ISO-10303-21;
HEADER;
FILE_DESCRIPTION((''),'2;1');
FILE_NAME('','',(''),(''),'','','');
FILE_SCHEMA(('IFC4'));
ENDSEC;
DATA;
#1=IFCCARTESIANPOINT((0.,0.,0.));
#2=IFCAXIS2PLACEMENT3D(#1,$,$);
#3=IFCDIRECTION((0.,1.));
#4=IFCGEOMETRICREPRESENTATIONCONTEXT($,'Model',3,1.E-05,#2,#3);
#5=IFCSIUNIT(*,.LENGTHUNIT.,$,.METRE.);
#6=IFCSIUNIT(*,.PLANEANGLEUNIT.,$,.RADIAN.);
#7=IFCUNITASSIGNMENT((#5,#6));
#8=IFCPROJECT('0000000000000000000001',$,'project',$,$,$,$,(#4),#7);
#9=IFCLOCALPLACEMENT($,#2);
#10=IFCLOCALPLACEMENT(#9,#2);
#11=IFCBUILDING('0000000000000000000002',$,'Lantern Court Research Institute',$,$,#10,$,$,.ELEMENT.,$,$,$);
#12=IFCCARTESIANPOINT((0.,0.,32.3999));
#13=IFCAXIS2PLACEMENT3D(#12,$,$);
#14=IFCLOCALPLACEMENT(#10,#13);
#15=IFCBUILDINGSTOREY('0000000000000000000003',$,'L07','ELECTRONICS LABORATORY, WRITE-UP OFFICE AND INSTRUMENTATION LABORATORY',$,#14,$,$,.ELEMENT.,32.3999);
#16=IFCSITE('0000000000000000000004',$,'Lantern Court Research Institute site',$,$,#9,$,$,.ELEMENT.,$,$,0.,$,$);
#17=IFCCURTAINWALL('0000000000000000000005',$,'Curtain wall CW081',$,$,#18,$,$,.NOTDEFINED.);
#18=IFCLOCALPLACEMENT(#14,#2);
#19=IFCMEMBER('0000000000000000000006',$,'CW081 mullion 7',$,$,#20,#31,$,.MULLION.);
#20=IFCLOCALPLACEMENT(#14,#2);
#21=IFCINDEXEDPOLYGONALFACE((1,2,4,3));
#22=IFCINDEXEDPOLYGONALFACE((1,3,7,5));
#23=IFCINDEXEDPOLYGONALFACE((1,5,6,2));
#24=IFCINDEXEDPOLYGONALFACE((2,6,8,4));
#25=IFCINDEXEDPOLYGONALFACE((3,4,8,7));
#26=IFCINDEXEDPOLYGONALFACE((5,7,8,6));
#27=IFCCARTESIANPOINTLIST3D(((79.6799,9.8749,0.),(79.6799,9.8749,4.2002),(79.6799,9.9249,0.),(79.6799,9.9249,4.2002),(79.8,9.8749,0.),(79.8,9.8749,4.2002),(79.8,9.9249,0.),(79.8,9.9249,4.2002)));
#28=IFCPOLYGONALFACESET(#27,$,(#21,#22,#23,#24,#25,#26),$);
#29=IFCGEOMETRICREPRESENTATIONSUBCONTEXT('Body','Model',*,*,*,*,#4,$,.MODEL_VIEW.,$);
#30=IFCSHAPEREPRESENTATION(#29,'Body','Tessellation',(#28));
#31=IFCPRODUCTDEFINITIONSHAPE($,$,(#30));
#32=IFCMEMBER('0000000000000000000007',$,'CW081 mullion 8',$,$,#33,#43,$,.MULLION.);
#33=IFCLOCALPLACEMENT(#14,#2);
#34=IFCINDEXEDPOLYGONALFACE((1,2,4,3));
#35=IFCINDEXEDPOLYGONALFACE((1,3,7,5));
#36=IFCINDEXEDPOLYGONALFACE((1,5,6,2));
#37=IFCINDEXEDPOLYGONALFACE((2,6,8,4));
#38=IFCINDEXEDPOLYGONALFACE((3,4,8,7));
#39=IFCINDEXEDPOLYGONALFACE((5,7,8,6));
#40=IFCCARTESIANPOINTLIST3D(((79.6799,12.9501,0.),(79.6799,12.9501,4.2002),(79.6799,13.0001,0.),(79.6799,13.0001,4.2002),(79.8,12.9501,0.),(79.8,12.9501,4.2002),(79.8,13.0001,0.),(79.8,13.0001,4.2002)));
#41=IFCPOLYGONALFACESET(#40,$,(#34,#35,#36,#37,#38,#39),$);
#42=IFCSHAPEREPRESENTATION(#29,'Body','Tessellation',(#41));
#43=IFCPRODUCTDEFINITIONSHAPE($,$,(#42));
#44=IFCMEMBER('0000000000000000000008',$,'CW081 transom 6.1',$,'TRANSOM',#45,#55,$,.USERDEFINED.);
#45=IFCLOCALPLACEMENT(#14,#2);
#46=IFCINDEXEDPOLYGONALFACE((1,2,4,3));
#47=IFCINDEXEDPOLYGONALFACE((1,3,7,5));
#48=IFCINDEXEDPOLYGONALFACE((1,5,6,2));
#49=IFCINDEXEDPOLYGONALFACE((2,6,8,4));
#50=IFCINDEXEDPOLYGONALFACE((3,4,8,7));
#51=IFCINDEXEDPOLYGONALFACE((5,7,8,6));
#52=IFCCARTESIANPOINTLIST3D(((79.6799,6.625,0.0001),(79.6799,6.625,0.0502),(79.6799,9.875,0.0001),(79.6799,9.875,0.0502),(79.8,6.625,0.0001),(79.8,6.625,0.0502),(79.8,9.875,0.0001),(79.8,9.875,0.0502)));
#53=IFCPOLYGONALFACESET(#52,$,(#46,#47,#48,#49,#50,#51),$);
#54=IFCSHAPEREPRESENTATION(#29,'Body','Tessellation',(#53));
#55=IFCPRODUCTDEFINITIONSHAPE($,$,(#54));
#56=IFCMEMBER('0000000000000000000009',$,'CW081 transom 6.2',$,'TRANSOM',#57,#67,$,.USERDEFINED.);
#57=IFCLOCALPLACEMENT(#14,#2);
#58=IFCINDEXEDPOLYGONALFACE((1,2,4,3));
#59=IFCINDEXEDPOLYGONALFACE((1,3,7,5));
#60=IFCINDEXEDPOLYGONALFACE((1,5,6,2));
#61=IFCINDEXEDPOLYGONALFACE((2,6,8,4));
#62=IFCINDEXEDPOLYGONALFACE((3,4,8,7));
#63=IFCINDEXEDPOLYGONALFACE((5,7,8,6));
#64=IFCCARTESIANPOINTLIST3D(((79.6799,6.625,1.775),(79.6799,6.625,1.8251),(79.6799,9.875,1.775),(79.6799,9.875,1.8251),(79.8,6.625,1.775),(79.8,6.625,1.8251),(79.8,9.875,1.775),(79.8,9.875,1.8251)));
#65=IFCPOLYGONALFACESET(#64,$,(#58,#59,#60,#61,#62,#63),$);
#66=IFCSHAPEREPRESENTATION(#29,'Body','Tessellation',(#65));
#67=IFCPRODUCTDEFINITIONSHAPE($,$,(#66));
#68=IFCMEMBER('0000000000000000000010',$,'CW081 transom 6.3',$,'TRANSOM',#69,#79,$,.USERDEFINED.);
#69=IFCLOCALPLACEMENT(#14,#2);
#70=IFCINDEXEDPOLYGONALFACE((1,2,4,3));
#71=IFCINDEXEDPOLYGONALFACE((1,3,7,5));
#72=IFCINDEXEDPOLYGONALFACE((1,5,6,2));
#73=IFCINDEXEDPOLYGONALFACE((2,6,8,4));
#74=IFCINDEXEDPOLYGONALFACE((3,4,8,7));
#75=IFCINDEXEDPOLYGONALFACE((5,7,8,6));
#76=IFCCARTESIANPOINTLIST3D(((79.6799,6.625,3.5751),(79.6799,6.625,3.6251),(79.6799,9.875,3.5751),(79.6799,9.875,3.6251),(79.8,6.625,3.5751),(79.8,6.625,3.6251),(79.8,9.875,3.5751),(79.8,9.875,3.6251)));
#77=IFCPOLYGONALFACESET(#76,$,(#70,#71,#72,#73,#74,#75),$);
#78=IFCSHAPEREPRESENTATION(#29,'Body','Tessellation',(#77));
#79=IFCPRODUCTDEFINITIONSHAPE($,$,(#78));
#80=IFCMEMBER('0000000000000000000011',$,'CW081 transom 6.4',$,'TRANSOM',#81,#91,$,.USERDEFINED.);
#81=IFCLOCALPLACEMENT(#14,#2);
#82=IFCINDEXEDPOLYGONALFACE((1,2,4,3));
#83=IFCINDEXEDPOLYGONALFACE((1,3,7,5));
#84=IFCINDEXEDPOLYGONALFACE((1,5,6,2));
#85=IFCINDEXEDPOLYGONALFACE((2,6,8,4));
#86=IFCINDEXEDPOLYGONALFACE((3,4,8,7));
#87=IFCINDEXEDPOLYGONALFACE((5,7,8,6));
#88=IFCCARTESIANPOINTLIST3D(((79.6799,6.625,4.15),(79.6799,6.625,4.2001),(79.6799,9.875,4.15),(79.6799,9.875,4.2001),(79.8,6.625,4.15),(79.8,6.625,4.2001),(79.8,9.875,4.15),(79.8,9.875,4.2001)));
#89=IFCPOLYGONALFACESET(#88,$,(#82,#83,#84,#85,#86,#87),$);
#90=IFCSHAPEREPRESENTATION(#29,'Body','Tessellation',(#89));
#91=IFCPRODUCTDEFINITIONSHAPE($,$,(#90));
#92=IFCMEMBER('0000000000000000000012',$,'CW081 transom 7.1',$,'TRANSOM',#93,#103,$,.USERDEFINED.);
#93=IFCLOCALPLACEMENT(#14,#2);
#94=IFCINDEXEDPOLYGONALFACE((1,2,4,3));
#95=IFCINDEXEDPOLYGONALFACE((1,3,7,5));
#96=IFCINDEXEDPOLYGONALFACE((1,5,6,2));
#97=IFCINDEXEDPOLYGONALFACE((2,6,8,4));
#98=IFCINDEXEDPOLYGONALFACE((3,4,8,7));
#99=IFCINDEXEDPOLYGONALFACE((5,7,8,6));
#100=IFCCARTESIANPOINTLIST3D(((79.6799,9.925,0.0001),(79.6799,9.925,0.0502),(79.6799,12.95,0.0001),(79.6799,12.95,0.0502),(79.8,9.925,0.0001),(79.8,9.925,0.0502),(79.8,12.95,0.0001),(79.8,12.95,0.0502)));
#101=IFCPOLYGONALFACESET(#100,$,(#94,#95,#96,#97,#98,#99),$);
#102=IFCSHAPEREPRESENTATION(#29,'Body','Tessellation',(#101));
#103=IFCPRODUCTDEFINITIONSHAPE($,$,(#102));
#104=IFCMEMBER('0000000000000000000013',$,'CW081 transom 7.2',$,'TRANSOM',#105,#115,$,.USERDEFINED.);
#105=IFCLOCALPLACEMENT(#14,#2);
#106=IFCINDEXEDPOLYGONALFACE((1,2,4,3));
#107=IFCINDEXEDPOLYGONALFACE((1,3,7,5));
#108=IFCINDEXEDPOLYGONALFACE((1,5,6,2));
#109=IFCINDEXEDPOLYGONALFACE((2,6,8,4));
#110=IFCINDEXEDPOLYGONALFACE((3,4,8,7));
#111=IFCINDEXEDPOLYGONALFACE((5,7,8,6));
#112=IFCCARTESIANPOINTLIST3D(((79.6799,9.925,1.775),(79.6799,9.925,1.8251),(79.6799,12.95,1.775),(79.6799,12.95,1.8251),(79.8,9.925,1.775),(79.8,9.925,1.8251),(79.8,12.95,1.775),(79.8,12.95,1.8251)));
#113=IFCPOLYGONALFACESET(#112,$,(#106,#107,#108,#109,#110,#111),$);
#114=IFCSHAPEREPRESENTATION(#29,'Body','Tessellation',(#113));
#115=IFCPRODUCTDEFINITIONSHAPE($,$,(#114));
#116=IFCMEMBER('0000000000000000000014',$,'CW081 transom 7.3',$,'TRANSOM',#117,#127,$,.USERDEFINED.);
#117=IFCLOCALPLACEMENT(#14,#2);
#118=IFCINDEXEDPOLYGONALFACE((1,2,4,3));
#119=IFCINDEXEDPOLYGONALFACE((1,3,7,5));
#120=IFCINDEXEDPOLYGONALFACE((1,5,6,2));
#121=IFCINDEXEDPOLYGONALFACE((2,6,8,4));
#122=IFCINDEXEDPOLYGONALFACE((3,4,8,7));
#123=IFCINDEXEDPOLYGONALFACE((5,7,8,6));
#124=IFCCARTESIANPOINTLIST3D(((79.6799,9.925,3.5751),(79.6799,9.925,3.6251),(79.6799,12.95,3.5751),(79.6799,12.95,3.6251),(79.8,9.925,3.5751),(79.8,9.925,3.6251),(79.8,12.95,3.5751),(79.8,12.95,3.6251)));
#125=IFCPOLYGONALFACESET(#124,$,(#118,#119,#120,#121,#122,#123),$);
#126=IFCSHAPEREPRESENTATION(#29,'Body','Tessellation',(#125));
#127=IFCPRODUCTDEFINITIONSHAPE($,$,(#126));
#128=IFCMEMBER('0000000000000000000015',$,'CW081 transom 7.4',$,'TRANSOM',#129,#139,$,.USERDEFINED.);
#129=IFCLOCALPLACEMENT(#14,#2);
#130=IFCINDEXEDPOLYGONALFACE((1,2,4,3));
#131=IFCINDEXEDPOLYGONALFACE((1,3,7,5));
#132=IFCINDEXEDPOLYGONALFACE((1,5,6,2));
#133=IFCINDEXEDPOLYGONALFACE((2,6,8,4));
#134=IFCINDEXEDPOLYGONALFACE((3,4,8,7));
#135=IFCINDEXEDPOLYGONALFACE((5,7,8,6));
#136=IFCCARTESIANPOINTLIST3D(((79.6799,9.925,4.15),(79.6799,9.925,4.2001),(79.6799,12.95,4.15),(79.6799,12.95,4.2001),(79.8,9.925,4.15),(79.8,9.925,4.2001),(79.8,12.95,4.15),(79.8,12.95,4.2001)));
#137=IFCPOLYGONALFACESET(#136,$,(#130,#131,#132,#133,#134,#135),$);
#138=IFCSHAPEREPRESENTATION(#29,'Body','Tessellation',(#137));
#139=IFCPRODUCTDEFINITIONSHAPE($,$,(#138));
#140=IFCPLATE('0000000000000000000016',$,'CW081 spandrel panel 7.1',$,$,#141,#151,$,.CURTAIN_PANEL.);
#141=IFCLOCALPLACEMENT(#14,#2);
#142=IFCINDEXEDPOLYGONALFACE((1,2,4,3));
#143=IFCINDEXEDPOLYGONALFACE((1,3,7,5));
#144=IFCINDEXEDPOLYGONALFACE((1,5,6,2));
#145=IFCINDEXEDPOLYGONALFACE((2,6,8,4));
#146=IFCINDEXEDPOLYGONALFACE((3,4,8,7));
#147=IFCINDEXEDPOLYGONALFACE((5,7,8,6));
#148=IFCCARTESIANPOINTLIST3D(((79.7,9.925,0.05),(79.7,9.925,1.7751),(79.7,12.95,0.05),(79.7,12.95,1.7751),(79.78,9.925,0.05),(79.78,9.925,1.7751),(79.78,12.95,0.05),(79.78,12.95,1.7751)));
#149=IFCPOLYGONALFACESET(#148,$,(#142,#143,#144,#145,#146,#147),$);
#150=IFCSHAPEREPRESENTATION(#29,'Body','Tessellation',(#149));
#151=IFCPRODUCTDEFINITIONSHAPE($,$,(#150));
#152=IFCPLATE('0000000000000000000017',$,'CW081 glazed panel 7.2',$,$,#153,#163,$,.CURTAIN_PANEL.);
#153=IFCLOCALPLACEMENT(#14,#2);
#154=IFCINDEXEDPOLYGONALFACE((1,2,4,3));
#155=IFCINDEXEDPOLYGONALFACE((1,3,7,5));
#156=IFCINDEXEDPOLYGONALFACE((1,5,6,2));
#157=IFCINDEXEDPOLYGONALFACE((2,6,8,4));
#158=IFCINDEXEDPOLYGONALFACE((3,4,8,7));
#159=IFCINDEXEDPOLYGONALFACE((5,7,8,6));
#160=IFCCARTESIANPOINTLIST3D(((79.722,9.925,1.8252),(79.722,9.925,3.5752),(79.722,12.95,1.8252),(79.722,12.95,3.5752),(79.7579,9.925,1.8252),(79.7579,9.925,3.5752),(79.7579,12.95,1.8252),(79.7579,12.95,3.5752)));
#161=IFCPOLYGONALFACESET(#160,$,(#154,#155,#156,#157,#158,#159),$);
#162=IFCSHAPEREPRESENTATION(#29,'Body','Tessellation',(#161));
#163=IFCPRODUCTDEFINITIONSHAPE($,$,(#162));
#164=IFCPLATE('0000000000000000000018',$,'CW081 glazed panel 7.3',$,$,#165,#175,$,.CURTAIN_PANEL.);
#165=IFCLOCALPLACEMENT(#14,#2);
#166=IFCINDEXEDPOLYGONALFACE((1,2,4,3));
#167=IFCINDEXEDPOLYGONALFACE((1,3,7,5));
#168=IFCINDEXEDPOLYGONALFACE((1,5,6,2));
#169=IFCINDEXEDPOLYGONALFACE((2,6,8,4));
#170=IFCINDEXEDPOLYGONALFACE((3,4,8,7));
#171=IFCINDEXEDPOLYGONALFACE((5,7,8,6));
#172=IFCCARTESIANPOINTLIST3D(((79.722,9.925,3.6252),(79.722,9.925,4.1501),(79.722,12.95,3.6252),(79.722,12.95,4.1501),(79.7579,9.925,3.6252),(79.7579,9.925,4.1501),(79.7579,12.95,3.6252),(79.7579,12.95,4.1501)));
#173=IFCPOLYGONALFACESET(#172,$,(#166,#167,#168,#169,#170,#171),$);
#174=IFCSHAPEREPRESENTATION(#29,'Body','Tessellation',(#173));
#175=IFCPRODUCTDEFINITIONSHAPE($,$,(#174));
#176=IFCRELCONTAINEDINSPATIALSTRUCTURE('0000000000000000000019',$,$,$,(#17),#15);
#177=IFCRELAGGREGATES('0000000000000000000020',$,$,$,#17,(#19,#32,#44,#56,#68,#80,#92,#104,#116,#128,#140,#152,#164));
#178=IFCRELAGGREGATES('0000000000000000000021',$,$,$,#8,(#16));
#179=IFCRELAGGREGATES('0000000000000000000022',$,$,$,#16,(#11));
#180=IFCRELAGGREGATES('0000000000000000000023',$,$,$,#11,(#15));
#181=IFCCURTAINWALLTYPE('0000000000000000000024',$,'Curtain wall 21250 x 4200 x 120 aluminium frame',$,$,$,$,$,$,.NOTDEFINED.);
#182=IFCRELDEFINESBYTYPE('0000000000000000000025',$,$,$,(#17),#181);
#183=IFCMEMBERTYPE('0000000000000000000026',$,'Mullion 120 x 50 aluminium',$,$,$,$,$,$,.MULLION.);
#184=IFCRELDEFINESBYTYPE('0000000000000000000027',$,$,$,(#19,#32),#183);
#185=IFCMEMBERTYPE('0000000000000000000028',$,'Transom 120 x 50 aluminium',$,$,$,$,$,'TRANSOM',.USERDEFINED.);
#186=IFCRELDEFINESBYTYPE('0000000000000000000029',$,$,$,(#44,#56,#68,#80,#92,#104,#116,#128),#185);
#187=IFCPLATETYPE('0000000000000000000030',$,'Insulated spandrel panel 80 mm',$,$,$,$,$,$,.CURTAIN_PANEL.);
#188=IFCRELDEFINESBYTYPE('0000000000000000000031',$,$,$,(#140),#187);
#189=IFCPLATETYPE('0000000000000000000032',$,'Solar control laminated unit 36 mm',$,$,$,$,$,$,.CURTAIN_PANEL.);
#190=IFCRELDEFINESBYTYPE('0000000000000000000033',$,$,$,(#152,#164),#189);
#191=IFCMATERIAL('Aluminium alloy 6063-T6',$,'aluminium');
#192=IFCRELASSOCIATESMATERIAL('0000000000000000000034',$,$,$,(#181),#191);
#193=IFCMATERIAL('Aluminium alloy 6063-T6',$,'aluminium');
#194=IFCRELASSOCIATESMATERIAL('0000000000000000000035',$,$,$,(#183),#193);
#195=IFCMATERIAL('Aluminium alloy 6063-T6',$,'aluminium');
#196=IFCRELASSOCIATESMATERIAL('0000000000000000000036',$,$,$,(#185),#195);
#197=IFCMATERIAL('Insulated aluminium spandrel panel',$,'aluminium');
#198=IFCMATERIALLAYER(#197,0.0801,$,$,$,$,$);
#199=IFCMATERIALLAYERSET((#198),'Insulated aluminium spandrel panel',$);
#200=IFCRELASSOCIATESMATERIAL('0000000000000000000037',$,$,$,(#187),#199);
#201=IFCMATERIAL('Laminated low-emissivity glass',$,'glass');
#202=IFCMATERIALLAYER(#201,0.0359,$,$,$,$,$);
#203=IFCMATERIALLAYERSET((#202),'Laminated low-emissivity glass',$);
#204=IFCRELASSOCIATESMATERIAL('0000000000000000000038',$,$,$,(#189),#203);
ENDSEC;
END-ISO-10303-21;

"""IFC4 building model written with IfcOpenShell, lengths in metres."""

from ifc_helpers import new_model, si_unit, direction, frame, origin, origin_2d, place, context, subcontext, project, spatial, rectangle, extrude, material, layer, layer_set, material_profile, profile_set, type_object, element, aggregate, save


model = new_model("IFC4")

# Units and contexts
model_context = context("Model", 3, precision=1e-05, world=origin(), true_north=direction((0.0, 1.0)))
body_context = subcontext(model_context, "Body", "Model", "MODEL_VIEW")
ifc_project = project(units=[si_unit("LENGTHUNIT", "METRE"), si_unit("PLANEANGLEUNIT", "RADIAN")], contexts=[model_context])

# Site, building, storey
site_placement = place(None, origin())
site = spatial("IfcSite", under=ifc_project, at=site_placement, Name="Lantern Court Research Institute site", CompositionType="ELEMENT", RefElevation=0.0)
building_placement = place(site_placement, origin())
building = spatial("IfcBuilding", under=site, at=building_placement, Name="Lantern Court Research Institute", CompositionType="ELEMENT")
storey_placement = place(building_placement, frame((0.0, 0.0, 32.3999)))
storey = spatial("IfcBuildingStorey", under=building, at=storey_placement, Name="L07", Description="ELECTRONICS LABORATORY, WRITE-UP OFFICE AND INSTRUMENTATION LABORATORY", CompositionType="ELEMENT", Elevation=32.3999)

# Curtain wall, members, plates
ifc_material_1 = material(Name="Aluminium alloy 6063-T6", Category="aluminium")
curtain_wall_type = type_object("IfcCurtainWallType", Name="Curtain wall 21250 x 4200 x 120 aluminium frame", PredefinedType="NOTDEFINED", material=ifc_material_1)
curtain_wall_placement = place(storey_placement, origin())
curtain_wall = element("IfcCurtainWall", 1, at=curtain_wall_placement, inside=storey, type_object=curtain_wall_type, Name="Curtain wall CW081", PredefinedType="NOTDEFINED")
ifc_material_2 = material(Name="Aluminium alloy 6063-T6", Category="aluminium")
ifc_material_profile_1 = material_profile(ifc_material_2, rectangle(XDim=0.1201, YDim=0.05, at=origin_2d()), Name="Mullion 120 x 50")
ifc_profile_set_1 = profile_set([ifc_material_profile_1], Name="Aluminium alloy 6063-T6")
member_type_1 = type_object("IfcMemberType", Name="Mullion 120 x 50 aluminium", PredefinedType="MULLION", material=ifc_profile_set_1)
member_1_placement = place(storey_placement, frame((79.74, 9.8999, 0.0), z_axis=(0.0, 0.0, 1.0), x_axis=(1.0, 0.0, 0.0)))
member_1 = element("IfcMember", 2, at=member_1_placement, type_object=member_type_1, Name="CW081 mullion 7", PredefinedType="MULLION", context=body_context, shape_type="SweptSolid", body=[
    extrude(rectangle(XDim=0.1201, YDim=0.05, at=origin_2d()), origin(), (0.0, 0.0, 1.0), 4.2002),
])
member_2_placement = place(storey_placement, frame((79.74, 12.9751, 0.0), z_axis=(0.0, 0.0, 1.0), x_axis=(1.0, 0.0, 0.0)))
member_2 = element("IfcMember", 3, at=member_2_placement, type_object=member_type_1, Name="CW081 mullion 8", PredefinedType="MULLION", context=body_context, shape_type="SweptSolid", body=[
    extrude(rectangle(XDim=0.1201, YDim=0.05, at=origin_2d()), origin(), (0.0, 0.0, 1.0), 4.2002),
])
ifc_material_3 = material(Name="Aluminium alloy 6063-T6", Category="aluminium")
ifc_material_profile_2 = material_profile(ifc_material_3, rectangle(XDim=0.1201, YDim=0.05, at=origin_2d()), Name="Transom 120 x 50")
ifc_profile_set_2 = profile_set([ifc_material_profile_2], Name="Aluminium alloy 6063-T6")
member_type_2 = type_object("IfcMemberType", Name="Transom 120 x 50 aluminium", ElementType="TRANSOM", PredefinedType="USERDEFINED", material=ifc_profile_set_2)
member_3_placement = place(storey_placement, frame((79.74, 9.875, 0.0251), z_axis=(0.0, -1.0, 0.0), x_axis=(1.0, 0.0, 0.0)))
member_3 = element("IfcMember", 4, at=member_3_placement, type_object=member_type_2, Name="CW081 transom 6.1", ObjectType="TRANSOM", PredefinedType="USERDEFINED", context=body_context, shape_type="SweptSolid", body=[
    extrude(rectangle(XDim=0.1201, YDim=0.05, at=origin_2d()), origin(), (0.0, 0.0, 1.0), 3.25),
])
member_4_placement = place(storey_placement, frame((79.74, 9.875, 1.8), z_axis=(0.0, -1.0, 0.0), x_axis=(1.0, 0.0, 0.0)))
member_4 = element("IfcMember", 5, at=member_4_placement, type_object=member_type_2, Name="CW081 transom 6.2", ObjectType="TRANSOM", PredefinedType="USERDEFINED", context=body_context, shape_type="SweptSolid", body=[
    extrude(rectangle(XDim=0.1201, YDim=0.05, at=origin_2d()), origin(), (0.0, 0.0, 1.0), 3.25),
])
member_5_placement = place(storey_placement, frame((79.74, 9.875, 3.6001), z_axis=(0.0, -1.0, 0.0), x_axis=(1.0, 0.0, 0.0)))
member_5 = element("IfcMember", 6, at=member_5_placement, type_object=member_type_2, Name="CW081 transom 6.3", ObjectType="TRANSOM", PredefinedType="USERDEFINED", context=body_context, shape_type="SweptSolid", body=[
    extrude(rectangle(XDim=0.1201, YDim=0.05, at=origin_2d()), origin(), (0.0, 0.0, 1.0), 3.25),
])
member_6_placement = place(storey_placement, frame((79.74, 9.875, 4.175), z_axis=(0.0, -1.0, 0.0), x_axis=(1.0, 0.0, 0.0)))
member_6 = element("IfcMember", 7, at=member_6_placement, type_object=member_type_2, Name="CW081 transom 6.4", ObjectType="TRANSOM", PredefinedType="USERDEFINED", context=body_context, shape_type="SweptSolid", body=[
    extrude(rectangle(XDim=0.1201, YDim=0.05, at=origin_2d()), origin(), (0.0, 0.0, 1.0), 3.25),
])
member_7_placement = place(storey_placement, frame((79.74, 12.95, 0.0251), z_axis=(0.0, -1.0, 0.0), x_axis=(1.0, 0.0, 0.0)))
member_7 = element("IfcMember", 8, at=member_7_placement, type_object=member_type_2, Name="CW081 transom 7.1", ObjectType="TRANSOM", PredefinedType="USERDEFINED", context=body_context, shape_type="SweptSolid", body=[
    extrude(rectangle(XDim=0.1201, YDim=0.05, at=origin_2d()), origin(), (0.0, 0.0, 1.0), 3.0249),
])
member_8_placement = place(storey_placement, frame((79.74, 12.95, 1.8), z_axis=(0.0, -1.0, 0.0), x_axis=(1.0, 0.0, 0.0)))
member_8 = element("IfcMember", 9, at=member_8_placement, type_object=member_type_2, Name="CW081 transom 7.2", ObjectType="TRANSOM", PredefinedType="USERDEFINED", context=body_context, shape_type="SweptSolid", body=[
    extrude(rectangle(XDim=0.1201, YDim=0.05, at=origin_2d()), origin(), (0.0, 0.0, 1.0), 3.0249),
])
member_9_placement = place(storey_placement, frame((79.74, 12.95, 3.6001), z_axis=(0.0, -1.0, 0.0), x_axis=(1.0, 0.0, 0.0)))
member_9 = element("IfcMember", 10, at=member_9_placement, type_object=member_type_2, Name="CW081 transom 7.3", ObjectType="TRANSOM", PredefinedType="USERDEFINED", context=body_context, shape_type="SweptSolid", body=[
    extrude(rectangle(XDim=0.1201, YDim=0.05, at=origin_2d()), origin(), (0.0, 0.0, 1.0), 3.0249),
])
member_10_placement = place(storey_placement, frame((79.74, 12.95, 4.175), z_axis=(0.0, -1.0, 0.0), x_axis=(1.0, 0.0, 0.0)))
member_10 = element("IfcMember", 11, at=member_10_placement, type_object=member_type_2, Name="CW081 transom 7.4", ObjectType="TRANSOM", PredefinedType="USERDEFINED", context=body_context, shape_type="SweptSolid", body=[
    extrude(rectangle(XDim=0.1201, YDim=0.05, at=origin_2d()), origin(), (0.0, 0.0, 1.0), 3.0249),
])
ifc_material_4 = material(Name="Insulated aluminium spandrel panel", Category="aluminium")
ifc_layer_1 = layer(ifc_material_4, 0.0801)
ifc_layer_set_1 = layer_set([ifc_layer_1], Name="Insulated aluminium spandrel panel")
plate_type_1 = type_object("IfcPlateType", Name="Insulated spandrel panel 80 mm", PredefinedType="CURTAIN_PANEL", material=ifc_layer_set_1)
plate_1_placement = place(storey_placement, frame((79.74, 11.4375, 0.05), z_axis=(0.0, 0.0, 1.0), x_axis=(0.0, -1.0, 0.0)))
plate_1 = element("IfcPlate", 12, at=plate_1_placement, type_object=plate_type_1, Name="CW081 spandrel panel 7.1", PredefinedType="CURTAIN_PANEL", context=body_context, shape_type="SweptSolid", body=[
    extrude(rectangle(XDim=3.0249, YDim=0.0801, at=origin_2d()), origin(), (0.0, 0.0, 1.0), 1.7251),
])
ifc_material_5 = material(Name="Laminated low-emissivity glass", Category="glass")
ifc_layer_2 = layer(ifc_material_5, 0.0359)
ifc_layer_set_2 = layer_set([ifc_layer_2], Name="Laminated low-emissivity glass")
plate_type_2 = type_object("IfcPlateType", Name="Solar control laminated unit 36 mm", PredefinedType="CURTAIN_PANEL", material=ifc_layer_set_2)
plate_2_placement = place(storey_placement, frame((79.74, 11.4375, 1.8252), z_axis=(0.0, 0.0, 1.0), x_axis=(0.0, -1.0, 0.0)))
plate_2 = element("IfcPlate", 13, at=plate_2_placement, type_object=plate_type_2, Name="CW081 glazed panel 7.2", PredefinedType="CURTAIN_PANEL", context=body_context, shape_type="SweptSolid", body=[
    extrude(rectangle(XDim=3.0249, YDim=0.0359, at=origin_2d()), origin(), (0.0, 0.0, 1.0), 1.75),
])
plate_3_placement = place(storey_placement, frame((79.74, 11.4375, 3.6252), z_axis=(0.0, 0.0, 1.0), x_axis=(0.0, -1.0, 0.0)))
plate_3 = element("IfcPlate", 14, at=plate_3_placement, type_object=plate_type_2, Name="CW081 glazed panel 7.3", PredefinedType="CURTAIN_PANEL", context=body_context, shape_type="SweptSolid", body=[
    extrude(rectangle(XDim=3.0249, YDim=0.0359, at=origin_2d()), origin(), (0.0, 0.0, 1.0), 0.5249),
])
aggregate(curtain_wall, [member_1, member_2, member_3, member_4, member_5, member_6, member_7, member_8, member_9, member_10, plate_1, plate_2, plate_3])

save(model, "model.ifc")
